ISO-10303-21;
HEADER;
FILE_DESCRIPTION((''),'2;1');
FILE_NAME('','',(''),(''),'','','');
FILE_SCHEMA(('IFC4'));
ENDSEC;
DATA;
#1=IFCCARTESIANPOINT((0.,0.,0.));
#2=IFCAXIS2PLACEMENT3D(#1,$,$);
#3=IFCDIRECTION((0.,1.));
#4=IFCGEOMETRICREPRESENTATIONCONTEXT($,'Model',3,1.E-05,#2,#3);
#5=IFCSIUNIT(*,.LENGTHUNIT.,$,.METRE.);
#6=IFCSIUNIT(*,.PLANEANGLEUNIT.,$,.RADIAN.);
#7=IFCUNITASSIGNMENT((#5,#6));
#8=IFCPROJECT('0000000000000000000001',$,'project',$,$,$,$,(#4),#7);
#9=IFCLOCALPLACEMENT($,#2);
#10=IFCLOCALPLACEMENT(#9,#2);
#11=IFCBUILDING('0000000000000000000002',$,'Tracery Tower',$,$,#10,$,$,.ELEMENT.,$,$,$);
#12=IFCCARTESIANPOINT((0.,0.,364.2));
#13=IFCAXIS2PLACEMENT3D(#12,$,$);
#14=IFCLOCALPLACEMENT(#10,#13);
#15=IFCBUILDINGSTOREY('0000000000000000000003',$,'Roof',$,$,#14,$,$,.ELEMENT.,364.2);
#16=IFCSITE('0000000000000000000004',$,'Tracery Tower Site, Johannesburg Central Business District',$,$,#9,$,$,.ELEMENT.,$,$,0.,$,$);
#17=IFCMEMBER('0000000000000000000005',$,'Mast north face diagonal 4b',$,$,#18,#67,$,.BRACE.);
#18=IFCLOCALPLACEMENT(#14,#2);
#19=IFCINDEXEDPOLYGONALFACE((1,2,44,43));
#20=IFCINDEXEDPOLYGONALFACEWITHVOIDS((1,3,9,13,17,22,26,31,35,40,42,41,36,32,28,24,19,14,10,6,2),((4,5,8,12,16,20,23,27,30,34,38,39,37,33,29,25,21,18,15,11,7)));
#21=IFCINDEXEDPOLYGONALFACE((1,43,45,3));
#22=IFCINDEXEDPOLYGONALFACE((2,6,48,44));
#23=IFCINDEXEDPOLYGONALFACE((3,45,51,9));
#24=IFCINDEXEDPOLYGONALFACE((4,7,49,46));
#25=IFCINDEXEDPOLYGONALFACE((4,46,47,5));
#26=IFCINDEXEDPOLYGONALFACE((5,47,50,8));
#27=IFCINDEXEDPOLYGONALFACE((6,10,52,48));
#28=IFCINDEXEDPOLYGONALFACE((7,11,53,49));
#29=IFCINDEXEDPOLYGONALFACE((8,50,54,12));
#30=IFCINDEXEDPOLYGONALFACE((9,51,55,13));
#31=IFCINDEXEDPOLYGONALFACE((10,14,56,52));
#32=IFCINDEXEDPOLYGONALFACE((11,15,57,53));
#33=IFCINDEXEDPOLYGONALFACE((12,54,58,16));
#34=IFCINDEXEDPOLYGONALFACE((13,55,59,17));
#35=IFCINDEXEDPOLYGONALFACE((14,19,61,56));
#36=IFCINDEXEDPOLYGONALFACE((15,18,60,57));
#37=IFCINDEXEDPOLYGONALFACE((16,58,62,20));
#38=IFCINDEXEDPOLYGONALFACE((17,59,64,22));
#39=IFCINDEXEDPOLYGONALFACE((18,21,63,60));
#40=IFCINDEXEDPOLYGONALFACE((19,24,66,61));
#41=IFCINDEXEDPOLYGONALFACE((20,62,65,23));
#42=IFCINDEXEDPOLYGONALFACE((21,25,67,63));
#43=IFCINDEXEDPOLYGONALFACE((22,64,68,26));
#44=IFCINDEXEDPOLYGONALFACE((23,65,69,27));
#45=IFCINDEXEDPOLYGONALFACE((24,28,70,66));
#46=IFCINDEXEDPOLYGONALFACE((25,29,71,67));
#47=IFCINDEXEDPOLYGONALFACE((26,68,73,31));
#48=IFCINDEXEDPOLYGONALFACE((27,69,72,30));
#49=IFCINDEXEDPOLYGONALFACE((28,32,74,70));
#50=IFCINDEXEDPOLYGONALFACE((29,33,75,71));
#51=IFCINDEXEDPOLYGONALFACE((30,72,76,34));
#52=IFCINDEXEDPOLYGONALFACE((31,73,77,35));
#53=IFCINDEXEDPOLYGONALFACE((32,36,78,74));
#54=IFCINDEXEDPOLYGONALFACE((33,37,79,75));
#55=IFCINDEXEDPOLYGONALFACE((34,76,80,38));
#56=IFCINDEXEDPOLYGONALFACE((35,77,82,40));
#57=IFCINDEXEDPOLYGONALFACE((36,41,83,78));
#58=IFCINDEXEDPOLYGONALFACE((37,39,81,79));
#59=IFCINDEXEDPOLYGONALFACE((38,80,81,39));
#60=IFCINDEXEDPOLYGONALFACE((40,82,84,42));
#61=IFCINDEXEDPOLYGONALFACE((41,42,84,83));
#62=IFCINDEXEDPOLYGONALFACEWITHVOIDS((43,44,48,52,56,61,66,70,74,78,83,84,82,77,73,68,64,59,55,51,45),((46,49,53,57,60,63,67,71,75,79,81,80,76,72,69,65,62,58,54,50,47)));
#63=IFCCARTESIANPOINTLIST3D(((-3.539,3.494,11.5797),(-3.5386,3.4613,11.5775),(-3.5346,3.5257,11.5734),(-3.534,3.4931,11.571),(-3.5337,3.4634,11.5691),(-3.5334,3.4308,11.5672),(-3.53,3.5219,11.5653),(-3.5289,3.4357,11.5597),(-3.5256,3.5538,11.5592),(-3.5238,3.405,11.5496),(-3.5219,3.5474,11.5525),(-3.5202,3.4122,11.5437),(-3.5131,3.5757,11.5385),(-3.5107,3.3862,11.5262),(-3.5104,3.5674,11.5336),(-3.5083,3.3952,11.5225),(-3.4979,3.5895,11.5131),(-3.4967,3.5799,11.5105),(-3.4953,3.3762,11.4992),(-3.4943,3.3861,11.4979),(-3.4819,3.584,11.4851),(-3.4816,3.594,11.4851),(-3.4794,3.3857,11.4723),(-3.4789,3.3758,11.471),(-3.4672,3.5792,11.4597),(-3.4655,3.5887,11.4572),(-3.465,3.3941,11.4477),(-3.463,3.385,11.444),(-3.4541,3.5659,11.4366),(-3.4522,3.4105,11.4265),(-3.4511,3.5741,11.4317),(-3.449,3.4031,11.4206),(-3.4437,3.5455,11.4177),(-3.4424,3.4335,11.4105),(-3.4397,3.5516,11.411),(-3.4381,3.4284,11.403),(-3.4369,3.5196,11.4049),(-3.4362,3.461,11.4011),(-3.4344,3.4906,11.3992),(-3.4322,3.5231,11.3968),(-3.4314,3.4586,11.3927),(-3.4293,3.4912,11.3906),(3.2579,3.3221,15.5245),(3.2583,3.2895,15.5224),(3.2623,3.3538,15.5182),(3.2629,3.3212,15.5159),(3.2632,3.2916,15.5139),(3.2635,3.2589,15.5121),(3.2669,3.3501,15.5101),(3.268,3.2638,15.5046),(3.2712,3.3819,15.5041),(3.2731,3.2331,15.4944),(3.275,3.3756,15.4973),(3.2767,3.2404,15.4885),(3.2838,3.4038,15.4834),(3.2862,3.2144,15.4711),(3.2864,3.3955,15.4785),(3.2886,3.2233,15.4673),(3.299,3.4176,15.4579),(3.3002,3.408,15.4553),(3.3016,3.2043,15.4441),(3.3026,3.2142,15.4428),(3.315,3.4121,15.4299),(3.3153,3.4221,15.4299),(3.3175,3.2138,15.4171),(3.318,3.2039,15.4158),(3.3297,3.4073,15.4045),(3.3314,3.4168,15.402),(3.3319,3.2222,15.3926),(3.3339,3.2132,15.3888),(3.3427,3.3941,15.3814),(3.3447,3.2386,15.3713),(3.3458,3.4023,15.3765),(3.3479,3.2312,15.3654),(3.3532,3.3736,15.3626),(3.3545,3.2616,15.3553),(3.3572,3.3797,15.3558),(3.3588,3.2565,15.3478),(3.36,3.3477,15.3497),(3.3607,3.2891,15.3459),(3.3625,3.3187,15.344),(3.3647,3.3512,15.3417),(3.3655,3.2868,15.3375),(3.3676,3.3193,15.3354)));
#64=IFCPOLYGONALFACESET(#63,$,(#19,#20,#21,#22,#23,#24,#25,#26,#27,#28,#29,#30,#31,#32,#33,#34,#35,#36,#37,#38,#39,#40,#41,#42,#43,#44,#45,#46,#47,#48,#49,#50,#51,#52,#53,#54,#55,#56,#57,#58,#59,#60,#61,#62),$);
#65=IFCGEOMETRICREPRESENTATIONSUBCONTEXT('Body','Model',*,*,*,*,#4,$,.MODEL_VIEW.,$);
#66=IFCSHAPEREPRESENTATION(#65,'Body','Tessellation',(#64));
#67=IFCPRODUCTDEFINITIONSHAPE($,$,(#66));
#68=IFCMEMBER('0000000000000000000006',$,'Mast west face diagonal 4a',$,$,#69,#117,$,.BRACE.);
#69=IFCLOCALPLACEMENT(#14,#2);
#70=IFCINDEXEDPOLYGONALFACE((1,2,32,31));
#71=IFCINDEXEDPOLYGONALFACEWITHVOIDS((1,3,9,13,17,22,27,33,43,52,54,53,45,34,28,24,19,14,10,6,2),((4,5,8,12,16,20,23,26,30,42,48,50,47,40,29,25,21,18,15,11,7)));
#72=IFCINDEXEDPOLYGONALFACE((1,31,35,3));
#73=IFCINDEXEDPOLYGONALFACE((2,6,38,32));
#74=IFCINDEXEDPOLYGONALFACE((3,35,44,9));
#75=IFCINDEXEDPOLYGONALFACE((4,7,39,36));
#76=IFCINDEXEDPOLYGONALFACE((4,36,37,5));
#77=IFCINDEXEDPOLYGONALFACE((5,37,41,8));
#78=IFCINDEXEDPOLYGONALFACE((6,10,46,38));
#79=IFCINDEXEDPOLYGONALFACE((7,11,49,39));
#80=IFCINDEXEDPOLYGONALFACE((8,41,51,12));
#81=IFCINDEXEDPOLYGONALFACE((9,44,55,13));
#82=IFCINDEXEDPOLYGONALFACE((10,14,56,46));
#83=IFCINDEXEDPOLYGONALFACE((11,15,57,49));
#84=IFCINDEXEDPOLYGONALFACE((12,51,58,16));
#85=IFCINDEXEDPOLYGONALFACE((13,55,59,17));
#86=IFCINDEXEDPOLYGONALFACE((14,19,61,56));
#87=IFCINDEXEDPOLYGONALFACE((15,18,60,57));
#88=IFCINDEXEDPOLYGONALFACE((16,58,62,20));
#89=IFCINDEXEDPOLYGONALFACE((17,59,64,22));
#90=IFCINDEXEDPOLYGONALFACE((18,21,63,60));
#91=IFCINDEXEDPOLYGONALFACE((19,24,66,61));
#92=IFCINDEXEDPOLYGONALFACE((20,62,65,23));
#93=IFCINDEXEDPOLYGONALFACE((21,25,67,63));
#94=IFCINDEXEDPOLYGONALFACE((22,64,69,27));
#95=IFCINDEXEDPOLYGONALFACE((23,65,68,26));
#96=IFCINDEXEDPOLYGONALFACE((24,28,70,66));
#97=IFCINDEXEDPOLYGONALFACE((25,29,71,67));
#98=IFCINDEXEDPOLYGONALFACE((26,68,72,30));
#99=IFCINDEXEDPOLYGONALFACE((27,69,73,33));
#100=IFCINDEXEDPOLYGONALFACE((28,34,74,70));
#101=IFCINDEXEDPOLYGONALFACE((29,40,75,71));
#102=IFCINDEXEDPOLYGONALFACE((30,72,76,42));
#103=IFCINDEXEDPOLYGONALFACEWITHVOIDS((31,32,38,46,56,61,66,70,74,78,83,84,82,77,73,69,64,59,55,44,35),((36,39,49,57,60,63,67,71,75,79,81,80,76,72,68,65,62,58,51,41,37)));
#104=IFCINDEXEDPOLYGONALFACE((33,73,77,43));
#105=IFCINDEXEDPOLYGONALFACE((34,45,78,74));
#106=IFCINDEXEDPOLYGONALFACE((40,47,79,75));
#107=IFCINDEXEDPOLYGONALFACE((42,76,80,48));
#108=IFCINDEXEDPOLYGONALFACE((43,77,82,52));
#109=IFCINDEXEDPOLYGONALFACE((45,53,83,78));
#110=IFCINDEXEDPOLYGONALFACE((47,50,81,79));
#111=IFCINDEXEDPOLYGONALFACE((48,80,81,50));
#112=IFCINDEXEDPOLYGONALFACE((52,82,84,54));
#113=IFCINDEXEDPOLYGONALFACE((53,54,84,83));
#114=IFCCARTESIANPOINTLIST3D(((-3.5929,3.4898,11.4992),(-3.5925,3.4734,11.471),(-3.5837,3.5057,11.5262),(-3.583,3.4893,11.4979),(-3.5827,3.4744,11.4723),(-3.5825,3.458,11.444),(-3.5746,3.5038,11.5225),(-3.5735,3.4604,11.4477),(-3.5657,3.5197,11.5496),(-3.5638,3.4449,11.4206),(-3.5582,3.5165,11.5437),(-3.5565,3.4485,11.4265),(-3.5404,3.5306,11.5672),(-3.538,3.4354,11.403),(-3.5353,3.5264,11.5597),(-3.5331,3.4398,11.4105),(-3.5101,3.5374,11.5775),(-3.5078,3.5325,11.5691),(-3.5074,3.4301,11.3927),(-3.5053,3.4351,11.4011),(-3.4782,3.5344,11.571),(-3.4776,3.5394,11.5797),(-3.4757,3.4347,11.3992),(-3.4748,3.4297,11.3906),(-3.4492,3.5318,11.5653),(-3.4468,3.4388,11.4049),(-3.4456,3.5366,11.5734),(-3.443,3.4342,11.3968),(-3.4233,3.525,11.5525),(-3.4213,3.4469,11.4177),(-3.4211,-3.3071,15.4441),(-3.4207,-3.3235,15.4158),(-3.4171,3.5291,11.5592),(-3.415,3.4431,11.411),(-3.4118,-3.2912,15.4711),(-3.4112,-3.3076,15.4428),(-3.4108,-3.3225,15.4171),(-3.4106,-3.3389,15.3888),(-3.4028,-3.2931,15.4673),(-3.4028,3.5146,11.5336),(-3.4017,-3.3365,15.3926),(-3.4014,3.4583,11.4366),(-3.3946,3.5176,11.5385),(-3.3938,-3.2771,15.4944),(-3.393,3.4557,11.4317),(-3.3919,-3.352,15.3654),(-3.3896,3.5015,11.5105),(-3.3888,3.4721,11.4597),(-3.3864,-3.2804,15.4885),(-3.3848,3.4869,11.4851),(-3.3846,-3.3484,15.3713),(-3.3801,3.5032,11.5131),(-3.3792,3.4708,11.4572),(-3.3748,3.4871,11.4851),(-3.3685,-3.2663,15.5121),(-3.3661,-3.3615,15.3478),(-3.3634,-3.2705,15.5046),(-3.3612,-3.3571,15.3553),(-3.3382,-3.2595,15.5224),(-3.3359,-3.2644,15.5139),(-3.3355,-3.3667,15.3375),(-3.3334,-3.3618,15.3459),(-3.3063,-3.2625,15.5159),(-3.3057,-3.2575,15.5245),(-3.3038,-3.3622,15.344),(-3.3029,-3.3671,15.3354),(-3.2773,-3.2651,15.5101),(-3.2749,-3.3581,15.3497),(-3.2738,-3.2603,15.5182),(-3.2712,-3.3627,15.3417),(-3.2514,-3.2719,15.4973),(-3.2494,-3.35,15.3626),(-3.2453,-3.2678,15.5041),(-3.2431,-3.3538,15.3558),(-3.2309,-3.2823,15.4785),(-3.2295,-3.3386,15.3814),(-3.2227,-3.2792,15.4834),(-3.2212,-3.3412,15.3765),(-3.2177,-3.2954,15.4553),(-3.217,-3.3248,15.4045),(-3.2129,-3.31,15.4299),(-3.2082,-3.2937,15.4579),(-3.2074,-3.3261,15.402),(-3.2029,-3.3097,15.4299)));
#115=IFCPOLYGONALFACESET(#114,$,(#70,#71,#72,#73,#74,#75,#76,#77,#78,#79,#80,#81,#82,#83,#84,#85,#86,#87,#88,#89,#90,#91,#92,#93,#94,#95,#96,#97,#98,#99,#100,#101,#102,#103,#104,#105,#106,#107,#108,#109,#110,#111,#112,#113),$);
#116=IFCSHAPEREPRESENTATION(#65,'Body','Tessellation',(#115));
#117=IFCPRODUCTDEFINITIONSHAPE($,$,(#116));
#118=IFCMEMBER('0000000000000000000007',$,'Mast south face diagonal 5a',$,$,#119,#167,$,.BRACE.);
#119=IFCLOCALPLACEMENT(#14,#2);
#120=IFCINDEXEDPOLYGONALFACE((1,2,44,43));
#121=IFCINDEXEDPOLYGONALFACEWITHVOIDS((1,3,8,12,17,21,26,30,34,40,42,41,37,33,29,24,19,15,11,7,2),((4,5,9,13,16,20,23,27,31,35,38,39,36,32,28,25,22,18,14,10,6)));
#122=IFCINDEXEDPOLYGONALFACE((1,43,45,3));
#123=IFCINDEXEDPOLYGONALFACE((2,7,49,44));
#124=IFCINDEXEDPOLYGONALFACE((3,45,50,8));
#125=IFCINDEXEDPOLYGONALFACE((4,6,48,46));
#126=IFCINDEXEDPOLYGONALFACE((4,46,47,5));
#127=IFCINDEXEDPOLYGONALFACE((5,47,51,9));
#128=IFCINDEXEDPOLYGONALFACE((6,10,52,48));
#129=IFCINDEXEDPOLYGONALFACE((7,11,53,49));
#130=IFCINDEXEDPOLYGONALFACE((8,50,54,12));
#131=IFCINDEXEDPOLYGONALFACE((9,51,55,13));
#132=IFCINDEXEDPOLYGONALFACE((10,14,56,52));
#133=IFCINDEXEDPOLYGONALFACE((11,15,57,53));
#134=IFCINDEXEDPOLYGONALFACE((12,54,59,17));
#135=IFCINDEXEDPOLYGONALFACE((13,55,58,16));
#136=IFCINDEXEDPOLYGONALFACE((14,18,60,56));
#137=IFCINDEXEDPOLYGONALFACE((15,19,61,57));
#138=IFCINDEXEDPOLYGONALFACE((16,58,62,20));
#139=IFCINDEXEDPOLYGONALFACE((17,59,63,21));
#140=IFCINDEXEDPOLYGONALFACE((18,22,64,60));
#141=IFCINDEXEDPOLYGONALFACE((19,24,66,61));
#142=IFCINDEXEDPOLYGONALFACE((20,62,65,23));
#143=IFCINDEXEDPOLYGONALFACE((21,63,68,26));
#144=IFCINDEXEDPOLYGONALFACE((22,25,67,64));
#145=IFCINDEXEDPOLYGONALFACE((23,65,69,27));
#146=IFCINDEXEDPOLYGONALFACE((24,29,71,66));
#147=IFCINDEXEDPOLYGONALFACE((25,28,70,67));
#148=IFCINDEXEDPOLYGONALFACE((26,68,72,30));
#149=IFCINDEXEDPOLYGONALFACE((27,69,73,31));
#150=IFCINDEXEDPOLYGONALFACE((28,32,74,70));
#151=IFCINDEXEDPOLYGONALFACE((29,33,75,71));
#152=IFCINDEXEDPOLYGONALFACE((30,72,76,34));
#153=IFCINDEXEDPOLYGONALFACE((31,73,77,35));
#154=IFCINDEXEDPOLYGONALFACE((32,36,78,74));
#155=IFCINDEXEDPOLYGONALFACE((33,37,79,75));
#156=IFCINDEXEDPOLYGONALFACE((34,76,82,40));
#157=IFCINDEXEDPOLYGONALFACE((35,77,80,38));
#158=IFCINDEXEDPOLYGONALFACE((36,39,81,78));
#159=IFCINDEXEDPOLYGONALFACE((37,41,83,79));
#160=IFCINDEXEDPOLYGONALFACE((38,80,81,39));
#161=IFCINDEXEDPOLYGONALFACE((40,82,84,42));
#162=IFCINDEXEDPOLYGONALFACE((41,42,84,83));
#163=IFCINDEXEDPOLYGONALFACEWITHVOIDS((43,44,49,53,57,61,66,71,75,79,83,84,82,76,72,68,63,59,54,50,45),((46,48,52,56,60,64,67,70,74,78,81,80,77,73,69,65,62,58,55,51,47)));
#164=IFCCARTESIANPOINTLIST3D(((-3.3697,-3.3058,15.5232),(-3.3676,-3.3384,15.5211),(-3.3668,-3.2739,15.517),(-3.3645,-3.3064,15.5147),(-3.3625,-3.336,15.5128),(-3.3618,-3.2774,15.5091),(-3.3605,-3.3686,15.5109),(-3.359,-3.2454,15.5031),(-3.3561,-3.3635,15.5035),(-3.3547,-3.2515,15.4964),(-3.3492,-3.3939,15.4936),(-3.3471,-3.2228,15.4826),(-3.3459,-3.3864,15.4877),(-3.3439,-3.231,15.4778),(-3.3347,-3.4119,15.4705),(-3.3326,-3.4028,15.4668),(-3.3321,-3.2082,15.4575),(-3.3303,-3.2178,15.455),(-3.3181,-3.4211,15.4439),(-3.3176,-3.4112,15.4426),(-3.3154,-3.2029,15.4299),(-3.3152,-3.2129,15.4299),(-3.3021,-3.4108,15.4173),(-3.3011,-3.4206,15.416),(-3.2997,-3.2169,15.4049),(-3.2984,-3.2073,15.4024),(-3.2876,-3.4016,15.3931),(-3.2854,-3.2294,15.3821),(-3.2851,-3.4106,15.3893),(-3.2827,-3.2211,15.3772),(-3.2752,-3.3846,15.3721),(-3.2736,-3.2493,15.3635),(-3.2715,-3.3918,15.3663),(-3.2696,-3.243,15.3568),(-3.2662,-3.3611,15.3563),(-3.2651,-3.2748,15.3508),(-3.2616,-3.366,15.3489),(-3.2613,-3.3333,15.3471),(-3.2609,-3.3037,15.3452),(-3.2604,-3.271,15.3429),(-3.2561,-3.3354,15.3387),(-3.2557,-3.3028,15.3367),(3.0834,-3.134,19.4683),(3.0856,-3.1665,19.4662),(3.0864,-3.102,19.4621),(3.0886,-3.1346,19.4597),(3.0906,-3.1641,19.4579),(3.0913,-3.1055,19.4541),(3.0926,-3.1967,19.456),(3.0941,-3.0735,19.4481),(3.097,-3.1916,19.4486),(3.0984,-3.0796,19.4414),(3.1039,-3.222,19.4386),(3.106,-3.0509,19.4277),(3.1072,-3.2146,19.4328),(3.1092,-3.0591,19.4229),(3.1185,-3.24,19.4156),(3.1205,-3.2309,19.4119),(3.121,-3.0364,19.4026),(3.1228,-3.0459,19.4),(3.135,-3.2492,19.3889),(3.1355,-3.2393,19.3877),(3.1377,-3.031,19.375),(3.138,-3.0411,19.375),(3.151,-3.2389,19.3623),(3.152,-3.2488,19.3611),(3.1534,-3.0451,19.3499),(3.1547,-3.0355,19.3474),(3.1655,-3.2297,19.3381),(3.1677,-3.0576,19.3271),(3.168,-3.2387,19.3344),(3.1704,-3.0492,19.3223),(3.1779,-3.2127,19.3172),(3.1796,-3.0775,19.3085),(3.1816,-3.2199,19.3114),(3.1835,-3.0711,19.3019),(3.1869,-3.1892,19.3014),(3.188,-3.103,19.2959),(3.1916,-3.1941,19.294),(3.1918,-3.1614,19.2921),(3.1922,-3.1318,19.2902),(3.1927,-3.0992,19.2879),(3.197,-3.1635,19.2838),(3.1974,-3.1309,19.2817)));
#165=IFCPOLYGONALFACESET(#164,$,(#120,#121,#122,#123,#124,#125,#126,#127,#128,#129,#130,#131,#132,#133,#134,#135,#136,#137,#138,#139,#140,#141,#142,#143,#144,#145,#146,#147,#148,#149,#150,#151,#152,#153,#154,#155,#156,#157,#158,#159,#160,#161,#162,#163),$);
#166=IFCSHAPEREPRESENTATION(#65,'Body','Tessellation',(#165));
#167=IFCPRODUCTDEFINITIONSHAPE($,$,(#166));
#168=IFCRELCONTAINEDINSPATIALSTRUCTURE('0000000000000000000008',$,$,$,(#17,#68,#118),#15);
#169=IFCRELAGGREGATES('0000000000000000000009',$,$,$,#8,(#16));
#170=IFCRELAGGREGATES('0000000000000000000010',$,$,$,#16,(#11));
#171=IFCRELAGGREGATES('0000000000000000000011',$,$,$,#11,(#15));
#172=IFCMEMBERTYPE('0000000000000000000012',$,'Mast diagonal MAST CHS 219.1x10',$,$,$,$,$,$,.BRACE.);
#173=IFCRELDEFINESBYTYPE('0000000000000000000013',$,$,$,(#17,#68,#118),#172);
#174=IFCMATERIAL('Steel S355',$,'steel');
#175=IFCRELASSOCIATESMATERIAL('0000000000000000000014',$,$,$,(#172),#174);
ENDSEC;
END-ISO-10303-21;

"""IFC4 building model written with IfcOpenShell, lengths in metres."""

from ifc_helpers import new_model, si_unit, direction, frame, origin, origin_2d, place, context, subcontext, project, spatial, hollow_circle, extrude, material, material_profile, profile_set, type_object, element, save


model = new_model("IFC4")

# Units and contexts
model_context = context("Model", 3, precision=1e-05, world=origin(), true_north=direction((0.0, 1.0)))
body_context = subcontext(model_context, "Body", "Model", "MODEL_VIEW")
ifc_project = project(units=[si_unit("LENGTHUNIT", "METRE"), si_unit("PLANEANGLEUNIT", "RADIAN")], contexts=[model_context])

# Site, building, storey
site_placement = place(None, origin())
site = spatial("IfcSite", under=ifc_project, at=site_placement, Name="Tracery Tower Site, Johannesburg Central Business District", CompositionType="ELEMENT", RefElevation=0.0)
building_placement = place(site_placement, origin())
building = spatial("IfcBuilding", under=site, at=building_placement, Name="Tracery Tower", CompositionType="ELEMENT")
storey_placement = place(building_placement, frame((0.0, 0.0, 364.2)))
storey = spatial("IfcBuildingStorey", under=building, at=storey_placement, Name="Roof", CompositionType="ELEMENT", Elevation=364.2)

# Members
ifc_material_1 = material(Name="Steel S355", Category="steel")
ifc_material_profile_1 = material_profile(ifc_material_1, hollow_circle(Radius=0.1096, WallThickness=0.01, at=origin_2d()), Name="CHS 219.1x10")
ifc_profile_set_1 = profile_set([ifc_material_profile_1], Name="Steel S355")
member_type_1 = type_object("IfcMemberType", Name="Mast diagonal MAST CHS 219.1x10", PredefinedType="BRACE", material=ifc_profile_set_1)
for number, where, z_axis, x_axis, name in (
    (1, (-3.4844, 3.4844, 11.4851), (0.864679, -0.021865, 0.501849), (0.025279, 0.99968, 0.0), "Mast north face diagonal 4b"),
    (2, (-3.4844, 3.4844, 11.4851), (0.021865, -0.864679, 0.501849), (0.99968, 0.025279, 0.0), "Mast west face diagonal 4a"),
):
    element("IfcMember", number, at=place(storey_placement, frame(where, z_axis=z_axis, x_axis=x_axis)), inside=storey, type_object=member_type_1, Name=name, PredefinedType="BRACE", context=body_context, shape_type="SweptSolid", body=[
        extrude(hollow_circle(Radius=0.1096, WallThickness=0.01, at=origin_2d()), origin(), (0.0, 0.0, 1.0), 7.8606),
    ])
for number, where, z_axis, x_axis, name in (
    (3, (-3.3125, -3.3125, 15.4299), (0.852974, 0.022718, 0.521459), (-0.026625, 0.999645, 0.0), "Mast south face diagonal 5a"),
):
    element("IfcMember", number, at=place(storey_placement, frame(where, z_axis=z_axis, x_axis=x_axis)), inside=storey, type_object=member_type_1, Name=name, PredefinedType="BRACE", context=body_context, shape_type="SweptSolid", body=[
        extrude(hollow_circle(Radius=0.1096, WallThickness=0.01, at=origin_2d()), origin(), (0.0, 0.0, 1.0), 7.5654),
    ])

save(model, "model.ifc")
